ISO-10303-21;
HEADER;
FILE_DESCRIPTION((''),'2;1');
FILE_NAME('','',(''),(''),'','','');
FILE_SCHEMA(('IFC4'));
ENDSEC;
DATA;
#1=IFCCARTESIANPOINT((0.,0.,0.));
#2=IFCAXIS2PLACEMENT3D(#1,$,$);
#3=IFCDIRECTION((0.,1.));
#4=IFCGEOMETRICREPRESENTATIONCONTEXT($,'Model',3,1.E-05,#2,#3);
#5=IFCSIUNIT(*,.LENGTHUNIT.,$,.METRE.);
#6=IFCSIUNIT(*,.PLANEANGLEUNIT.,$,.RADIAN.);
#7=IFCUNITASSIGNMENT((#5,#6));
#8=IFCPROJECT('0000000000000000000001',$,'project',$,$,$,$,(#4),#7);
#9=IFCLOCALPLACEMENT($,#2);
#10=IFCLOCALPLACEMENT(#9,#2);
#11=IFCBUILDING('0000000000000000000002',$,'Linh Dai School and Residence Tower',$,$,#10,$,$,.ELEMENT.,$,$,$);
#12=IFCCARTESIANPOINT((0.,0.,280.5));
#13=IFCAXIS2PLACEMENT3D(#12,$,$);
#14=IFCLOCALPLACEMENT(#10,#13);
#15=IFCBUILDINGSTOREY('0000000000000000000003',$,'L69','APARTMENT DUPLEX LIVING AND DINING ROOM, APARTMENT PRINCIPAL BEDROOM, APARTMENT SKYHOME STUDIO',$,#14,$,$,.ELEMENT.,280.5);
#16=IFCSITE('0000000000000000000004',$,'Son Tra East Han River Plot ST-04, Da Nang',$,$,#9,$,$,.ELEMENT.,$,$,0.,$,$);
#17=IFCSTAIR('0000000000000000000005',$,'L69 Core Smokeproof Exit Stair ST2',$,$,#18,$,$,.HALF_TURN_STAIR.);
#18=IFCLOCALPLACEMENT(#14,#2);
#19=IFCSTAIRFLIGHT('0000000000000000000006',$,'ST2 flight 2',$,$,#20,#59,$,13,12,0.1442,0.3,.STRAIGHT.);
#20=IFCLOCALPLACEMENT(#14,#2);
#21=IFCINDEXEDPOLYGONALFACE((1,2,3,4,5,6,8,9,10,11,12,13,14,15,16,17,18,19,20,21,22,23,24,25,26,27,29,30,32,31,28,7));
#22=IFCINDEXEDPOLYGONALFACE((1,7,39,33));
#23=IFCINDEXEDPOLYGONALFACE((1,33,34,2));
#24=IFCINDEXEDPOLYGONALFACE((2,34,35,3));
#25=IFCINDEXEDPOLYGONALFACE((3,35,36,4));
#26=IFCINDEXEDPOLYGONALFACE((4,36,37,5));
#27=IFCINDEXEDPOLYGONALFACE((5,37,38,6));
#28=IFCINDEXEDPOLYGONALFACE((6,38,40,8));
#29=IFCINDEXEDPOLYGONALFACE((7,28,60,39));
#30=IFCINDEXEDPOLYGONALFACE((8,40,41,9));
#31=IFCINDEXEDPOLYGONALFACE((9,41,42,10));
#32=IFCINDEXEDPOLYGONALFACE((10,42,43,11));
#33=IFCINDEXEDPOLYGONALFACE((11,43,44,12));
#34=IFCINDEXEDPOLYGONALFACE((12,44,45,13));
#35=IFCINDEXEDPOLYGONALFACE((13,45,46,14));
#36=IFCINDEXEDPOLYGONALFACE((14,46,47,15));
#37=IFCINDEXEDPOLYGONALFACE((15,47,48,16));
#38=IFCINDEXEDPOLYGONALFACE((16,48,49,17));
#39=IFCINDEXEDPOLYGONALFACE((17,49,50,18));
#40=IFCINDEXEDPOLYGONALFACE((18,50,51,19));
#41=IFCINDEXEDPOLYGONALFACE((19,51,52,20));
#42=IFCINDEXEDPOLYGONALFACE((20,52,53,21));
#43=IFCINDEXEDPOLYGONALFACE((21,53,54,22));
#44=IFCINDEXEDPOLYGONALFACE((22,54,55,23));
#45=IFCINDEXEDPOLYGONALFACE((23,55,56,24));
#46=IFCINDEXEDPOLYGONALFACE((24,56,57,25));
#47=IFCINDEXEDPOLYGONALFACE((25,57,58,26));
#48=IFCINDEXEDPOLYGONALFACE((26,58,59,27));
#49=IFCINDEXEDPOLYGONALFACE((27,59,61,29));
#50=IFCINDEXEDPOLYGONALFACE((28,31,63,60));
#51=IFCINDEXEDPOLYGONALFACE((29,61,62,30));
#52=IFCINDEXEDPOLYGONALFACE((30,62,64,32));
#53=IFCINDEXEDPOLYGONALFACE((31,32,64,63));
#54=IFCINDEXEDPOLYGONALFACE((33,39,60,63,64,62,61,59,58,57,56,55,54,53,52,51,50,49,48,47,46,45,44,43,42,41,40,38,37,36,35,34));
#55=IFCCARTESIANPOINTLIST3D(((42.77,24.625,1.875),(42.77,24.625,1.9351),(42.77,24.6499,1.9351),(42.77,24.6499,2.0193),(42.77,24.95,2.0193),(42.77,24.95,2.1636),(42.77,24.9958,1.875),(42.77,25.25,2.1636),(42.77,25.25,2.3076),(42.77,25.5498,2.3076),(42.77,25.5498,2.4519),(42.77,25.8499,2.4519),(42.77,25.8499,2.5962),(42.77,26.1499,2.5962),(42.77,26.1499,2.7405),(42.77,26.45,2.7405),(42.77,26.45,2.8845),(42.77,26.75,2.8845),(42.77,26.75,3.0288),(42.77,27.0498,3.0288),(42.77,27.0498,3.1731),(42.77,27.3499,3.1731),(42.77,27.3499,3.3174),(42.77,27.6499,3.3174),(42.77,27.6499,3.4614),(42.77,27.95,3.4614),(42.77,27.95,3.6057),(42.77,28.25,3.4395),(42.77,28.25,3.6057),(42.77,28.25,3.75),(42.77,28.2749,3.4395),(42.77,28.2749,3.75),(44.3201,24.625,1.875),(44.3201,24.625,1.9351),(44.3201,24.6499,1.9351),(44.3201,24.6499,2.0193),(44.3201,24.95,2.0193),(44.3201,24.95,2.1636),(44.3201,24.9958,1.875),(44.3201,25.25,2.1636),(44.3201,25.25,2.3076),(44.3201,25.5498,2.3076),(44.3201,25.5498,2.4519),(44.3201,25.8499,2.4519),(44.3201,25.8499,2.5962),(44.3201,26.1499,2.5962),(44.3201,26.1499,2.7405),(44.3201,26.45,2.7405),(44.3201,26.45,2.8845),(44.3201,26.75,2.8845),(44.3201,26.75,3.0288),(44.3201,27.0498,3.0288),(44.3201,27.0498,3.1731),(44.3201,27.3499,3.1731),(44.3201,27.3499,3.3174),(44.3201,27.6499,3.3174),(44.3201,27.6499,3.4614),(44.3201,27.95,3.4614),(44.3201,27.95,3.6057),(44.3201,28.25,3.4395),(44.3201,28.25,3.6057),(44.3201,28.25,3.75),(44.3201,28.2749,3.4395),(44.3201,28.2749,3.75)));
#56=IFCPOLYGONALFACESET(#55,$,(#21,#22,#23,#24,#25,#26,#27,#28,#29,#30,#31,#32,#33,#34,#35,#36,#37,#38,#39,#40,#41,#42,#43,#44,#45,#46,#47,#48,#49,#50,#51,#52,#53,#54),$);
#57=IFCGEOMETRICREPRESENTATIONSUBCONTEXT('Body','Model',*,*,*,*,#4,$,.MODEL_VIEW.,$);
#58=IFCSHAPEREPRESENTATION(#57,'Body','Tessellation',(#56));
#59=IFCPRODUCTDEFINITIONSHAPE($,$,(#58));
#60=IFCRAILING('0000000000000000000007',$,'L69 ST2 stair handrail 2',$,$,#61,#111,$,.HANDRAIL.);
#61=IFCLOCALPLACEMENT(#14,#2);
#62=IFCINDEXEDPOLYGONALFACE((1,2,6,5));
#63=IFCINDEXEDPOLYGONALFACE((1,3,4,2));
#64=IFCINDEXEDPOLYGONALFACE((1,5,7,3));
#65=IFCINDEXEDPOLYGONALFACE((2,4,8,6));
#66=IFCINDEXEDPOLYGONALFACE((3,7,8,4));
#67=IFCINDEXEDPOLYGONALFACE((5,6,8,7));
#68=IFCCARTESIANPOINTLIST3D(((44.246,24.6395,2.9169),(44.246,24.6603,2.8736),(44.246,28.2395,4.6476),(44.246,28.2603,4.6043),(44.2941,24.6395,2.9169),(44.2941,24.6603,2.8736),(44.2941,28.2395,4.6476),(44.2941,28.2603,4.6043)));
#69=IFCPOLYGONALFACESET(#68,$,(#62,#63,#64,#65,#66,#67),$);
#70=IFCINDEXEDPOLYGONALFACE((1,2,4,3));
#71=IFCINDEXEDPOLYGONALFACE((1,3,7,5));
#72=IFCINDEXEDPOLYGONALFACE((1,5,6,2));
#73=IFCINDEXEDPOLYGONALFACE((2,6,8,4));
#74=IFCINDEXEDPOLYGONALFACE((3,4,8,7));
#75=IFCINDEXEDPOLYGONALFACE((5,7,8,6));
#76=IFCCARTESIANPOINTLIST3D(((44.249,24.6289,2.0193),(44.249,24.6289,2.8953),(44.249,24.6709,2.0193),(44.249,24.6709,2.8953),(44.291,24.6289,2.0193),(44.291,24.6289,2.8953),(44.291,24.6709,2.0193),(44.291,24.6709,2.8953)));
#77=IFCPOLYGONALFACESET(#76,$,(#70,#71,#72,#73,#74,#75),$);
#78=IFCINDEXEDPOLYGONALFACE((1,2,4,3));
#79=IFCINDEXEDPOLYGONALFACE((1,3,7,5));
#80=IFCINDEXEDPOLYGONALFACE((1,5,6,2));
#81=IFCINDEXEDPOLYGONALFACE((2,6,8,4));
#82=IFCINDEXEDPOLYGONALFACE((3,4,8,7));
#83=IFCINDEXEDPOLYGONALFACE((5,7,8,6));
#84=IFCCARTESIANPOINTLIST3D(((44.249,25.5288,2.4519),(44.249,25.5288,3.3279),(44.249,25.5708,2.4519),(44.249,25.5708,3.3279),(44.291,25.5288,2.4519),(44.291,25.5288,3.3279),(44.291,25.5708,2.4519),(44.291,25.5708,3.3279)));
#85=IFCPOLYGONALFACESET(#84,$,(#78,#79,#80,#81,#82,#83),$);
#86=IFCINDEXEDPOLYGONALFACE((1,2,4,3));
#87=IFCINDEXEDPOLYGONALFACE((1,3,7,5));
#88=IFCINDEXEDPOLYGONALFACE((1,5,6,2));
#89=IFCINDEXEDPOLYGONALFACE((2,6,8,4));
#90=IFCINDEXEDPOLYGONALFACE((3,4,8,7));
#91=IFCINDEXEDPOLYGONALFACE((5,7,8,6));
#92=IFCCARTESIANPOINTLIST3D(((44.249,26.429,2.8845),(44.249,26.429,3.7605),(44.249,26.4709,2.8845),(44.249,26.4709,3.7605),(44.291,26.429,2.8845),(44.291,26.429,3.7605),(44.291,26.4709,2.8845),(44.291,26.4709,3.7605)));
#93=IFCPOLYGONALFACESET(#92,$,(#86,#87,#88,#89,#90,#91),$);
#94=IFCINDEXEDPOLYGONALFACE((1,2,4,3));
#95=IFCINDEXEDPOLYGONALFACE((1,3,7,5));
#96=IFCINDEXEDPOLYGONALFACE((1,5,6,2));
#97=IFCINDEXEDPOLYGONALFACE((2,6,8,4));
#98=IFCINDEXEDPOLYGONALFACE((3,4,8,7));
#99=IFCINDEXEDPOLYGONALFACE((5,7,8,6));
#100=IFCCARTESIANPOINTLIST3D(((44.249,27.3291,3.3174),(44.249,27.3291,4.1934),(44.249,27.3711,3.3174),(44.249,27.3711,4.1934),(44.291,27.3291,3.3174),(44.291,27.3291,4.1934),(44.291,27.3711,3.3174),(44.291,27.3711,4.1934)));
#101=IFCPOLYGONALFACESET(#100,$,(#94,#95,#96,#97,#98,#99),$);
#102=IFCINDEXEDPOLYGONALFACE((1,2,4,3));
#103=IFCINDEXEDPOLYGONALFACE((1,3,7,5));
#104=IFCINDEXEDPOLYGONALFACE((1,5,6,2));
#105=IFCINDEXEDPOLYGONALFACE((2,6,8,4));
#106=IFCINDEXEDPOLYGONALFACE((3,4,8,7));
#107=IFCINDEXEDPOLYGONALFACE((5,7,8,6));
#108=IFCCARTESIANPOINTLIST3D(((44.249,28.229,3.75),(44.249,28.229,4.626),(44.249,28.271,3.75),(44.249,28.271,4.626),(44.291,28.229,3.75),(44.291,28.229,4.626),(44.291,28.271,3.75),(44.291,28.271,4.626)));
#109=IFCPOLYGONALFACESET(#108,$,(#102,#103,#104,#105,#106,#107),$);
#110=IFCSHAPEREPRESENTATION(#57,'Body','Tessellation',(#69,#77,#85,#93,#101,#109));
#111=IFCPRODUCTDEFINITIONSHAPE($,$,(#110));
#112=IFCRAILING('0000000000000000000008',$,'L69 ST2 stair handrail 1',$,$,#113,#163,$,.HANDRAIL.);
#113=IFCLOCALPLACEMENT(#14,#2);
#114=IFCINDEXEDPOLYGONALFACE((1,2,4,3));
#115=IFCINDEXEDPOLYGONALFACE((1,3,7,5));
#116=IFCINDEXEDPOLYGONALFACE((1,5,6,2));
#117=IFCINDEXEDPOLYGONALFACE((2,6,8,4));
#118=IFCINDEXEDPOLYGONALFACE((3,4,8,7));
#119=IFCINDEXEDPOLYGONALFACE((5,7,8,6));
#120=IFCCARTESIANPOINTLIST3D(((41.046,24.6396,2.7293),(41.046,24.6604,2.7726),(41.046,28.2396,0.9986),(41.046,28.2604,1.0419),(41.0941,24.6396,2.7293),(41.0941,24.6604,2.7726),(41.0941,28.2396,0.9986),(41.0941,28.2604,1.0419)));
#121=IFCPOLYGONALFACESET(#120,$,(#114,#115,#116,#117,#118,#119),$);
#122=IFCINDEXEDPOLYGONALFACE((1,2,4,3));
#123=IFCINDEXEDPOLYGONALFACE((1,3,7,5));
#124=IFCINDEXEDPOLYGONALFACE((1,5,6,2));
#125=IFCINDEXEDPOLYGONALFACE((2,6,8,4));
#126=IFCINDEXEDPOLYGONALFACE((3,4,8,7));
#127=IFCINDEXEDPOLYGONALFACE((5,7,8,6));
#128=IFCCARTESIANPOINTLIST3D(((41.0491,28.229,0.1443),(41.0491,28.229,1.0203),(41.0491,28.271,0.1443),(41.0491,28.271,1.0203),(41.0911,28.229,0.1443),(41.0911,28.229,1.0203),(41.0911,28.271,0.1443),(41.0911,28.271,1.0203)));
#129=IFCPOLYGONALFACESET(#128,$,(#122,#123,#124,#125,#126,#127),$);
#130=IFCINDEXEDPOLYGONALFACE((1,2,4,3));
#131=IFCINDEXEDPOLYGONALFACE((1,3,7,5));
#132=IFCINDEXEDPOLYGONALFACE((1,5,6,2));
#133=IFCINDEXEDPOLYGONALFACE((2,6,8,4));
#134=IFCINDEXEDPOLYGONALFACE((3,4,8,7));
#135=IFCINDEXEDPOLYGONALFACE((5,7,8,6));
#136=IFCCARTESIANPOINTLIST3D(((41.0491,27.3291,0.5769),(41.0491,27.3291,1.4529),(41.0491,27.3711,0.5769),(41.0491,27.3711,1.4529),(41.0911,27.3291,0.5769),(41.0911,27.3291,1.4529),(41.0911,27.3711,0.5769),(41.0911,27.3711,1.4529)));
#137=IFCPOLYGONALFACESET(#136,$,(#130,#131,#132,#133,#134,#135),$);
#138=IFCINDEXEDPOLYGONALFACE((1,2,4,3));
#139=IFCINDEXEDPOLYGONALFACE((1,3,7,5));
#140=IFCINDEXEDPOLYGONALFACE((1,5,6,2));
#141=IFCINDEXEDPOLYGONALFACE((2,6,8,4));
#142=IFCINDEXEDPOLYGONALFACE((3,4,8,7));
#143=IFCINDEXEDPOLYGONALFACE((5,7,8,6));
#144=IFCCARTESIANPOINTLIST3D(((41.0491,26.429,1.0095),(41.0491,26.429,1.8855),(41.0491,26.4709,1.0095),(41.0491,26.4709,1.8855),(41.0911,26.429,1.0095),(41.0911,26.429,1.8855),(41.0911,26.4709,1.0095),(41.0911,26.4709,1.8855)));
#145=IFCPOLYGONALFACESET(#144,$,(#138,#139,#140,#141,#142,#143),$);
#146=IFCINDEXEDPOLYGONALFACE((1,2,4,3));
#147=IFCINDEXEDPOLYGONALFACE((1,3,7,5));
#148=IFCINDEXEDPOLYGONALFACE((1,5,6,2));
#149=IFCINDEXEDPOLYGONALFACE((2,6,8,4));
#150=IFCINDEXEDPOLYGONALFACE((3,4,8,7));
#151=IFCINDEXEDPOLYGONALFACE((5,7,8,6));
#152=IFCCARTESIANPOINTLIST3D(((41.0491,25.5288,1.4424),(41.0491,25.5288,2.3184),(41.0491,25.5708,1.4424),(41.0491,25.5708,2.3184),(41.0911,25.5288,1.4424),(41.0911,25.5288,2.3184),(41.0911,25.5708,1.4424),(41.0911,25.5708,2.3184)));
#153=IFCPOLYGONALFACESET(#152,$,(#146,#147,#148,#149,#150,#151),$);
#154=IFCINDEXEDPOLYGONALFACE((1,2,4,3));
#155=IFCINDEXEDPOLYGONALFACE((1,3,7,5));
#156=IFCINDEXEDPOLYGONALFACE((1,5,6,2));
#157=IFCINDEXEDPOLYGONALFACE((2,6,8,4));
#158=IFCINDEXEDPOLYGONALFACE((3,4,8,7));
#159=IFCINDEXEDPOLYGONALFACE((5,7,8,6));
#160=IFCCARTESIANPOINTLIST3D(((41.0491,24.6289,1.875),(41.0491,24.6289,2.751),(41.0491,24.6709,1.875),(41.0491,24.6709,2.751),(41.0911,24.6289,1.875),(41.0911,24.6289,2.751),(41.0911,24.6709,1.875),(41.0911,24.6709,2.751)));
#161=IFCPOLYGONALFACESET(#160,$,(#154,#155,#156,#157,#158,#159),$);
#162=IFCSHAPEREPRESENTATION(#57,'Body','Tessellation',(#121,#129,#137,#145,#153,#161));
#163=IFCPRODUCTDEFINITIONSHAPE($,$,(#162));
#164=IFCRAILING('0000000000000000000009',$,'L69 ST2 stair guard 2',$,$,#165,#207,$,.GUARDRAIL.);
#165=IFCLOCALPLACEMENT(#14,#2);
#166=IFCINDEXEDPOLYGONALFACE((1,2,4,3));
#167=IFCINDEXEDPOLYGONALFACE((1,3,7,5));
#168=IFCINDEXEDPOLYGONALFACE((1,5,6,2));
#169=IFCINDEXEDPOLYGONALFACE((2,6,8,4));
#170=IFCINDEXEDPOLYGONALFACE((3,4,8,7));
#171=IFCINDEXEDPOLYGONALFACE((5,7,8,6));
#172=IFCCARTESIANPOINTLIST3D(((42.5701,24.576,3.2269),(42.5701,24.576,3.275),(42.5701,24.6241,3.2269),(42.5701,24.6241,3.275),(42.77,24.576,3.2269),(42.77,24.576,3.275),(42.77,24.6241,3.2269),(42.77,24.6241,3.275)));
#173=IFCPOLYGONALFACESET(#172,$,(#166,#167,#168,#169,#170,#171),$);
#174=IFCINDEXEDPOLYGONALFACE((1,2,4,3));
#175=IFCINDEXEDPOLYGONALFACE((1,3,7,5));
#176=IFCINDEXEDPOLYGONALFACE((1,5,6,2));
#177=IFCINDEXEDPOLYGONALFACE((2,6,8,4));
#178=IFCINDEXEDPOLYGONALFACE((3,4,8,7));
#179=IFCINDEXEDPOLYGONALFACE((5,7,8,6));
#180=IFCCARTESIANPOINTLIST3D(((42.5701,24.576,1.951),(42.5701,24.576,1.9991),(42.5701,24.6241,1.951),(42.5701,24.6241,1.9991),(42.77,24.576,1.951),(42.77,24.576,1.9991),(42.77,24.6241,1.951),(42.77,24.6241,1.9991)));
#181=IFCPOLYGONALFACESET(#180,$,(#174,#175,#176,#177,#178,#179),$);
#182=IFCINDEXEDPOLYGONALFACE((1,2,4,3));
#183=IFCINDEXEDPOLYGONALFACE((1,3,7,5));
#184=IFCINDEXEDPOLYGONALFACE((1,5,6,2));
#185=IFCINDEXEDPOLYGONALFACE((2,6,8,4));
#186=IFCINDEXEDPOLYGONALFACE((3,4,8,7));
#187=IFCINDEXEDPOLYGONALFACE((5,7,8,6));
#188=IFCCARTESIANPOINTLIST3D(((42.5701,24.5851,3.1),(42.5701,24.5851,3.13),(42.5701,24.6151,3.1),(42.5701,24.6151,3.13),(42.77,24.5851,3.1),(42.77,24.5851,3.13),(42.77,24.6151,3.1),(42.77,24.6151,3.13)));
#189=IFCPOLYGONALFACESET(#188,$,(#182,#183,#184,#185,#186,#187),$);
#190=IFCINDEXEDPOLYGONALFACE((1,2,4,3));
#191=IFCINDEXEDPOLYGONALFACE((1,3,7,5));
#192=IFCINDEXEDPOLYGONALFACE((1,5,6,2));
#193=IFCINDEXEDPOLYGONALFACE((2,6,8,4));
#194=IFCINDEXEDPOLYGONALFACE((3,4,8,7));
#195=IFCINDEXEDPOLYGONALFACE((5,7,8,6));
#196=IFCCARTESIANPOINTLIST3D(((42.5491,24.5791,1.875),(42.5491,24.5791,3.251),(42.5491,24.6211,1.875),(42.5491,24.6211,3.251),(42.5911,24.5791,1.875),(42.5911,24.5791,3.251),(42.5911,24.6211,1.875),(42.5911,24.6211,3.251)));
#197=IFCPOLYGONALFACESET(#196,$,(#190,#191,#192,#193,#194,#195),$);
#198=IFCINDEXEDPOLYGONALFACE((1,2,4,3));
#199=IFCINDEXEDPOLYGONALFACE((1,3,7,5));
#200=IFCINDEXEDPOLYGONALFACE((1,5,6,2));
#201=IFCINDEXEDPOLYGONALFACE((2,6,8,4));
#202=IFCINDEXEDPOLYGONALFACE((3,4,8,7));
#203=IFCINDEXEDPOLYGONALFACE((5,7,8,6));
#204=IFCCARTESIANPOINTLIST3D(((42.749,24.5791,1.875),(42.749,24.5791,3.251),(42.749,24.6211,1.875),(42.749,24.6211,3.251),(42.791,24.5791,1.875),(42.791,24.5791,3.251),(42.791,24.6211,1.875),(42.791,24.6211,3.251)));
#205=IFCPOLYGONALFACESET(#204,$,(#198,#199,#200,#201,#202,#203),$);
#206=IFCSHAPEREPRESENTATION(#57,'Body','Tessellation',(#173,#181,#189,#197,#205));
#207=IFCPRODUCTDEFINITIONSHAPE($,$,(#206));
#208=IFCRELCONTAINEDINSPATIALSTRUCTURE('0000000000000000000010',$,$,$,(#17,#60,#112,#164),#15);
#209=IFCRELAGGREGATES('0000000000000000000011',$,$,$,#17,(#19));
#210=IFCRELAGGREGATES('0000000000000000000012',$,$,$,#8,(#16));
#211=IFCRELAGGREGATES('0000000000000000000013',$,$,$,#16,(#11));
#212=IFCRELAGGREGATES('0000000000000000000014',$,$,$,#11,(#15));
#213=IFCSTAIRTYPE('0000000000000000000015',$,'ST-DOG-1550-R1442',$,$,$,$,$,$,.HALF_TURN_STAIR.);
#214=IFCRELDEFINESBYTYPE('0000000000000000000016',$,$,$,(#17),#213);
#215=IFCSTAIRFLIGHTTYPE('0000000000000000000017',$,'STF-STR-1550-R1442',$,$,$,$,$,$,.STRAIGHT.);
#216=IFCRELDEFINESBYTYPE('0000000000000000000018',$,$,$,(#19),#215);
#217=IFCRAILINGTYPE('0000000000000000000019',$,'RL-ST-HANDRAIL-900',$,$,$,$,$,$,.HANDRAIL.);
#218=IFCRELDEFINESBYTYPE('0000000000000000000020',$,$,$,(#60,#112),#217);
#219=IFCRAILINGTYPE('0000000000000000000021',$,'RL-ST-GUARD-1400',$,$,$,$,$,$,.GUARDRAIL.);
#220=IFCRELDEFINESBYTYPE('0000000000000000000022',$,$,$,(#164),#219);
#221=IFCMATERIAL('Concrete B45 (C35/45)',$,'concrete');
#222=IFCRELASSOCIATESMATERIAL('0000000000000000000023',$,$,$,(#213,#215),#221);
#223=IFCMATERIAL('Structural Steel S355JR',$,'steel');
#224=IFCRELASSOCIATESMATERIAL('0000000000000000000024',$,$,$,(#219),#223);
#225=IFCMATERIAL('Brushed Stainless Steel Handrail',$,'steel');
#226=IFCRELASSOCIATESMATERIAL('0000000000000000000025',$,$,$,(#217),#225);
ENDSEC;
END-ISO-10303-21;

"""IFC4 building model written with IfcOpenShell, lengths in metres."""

from ifc_helpers import new_model, si_unit, direction, frame, origin, origin_2d, place, context, subcontext, project, spatial, polyline, rectangle, outline, extrude, source, transform, mapped, material, type_object, element, aggregate, save


model = new_model("IFC4")

# Units and contexts
model_context = context("Model", 3, precision=1e-05, world=origin(), true_north=direction((0.0, 1.0)))
body_context = subcontext(model_context, "Body", "Model", "MODEL_VIEW")
ifc_project = project(units=[si_unit("LENGTHUNIT", "METRE"), si_unit("PLANEANGLEUNIT", "RADIAN")], contexts=[model_context])

# Site, building, storey
site_placement = place(None, origin())
site = spatial("IfcSite", under=ifc_project, at=site_placement, Name="Son Tra East Han River Plot ST-04, Da Nang", CompositionType="ELEMENT", RefElevation=0.0)
building_placement = place(site_placement, origin())
building = spatial("IfcBuilding", under=site, at=building_placement, Name="Linh Dai School and Residence Tower", CompositionType="ELEMENT")
storey_placement = place(building_placement, frame((0.0, 0.0, 280.5)))
storey = spatial("IfcBuildingStorey", under=building, at=storey_placement, Name="L69", Description="APARTMENT DUPLEX LIVING AND DINING ROOM, APARTMENT PRINCIPAL BEDROOM, APARTMENT SKYHOME STUDIO", CompositionType="ELEMENT", Elevation=280.5)

# Shared definitions
ifc_material_1 = material(Name="Structural Steel S355JR", Category="steel")

# Shared definitions
ifc_material_2 = material(Name="Concrete B45 (C35/45)", Category="concrete")

# Stair, stair flight
stair_type = type_object("IfcStairType", Name="ST-DOG-1550-R1442", PredefinedType="HALF_TURN_STAIR", material=ifc_material_2)
stair_placement = place(storey_placement, origin())
stair = element("IfcStair", 1, at=stair_placement, inside=storey, type_object=stair_type, Name="L69 Core Smokeproof Exit Stair ST2", PredefinedType="HALF_TURN_STAIR")
stair_flight_type = type_object("IfcStairFlightType", Name="STF-STR-1550-R1442", PredefinedType="STRAIGHT", material=ifc_material_2)
shared_shape_1 = source(origin(), body_context, "Body", "SweptSolid", [
    extrude(outline(polyline([(-0.0249, 0.0), (-0.0249, 0.0601), (0.0, 0.0601), (0.0, 0.1443), (0.3, 0.1443), (0.3, 0.2886), (0.6001, 0.2886), (0.6001, 0.4326), (0.8999, 0.4326), (0.8999, 0.5769), (1.2, 0.5769), (1.2, 0.7212), (1.5, 0.7212), (1.5, 0.8655), (1.8, 0.8655), (1.8, 1.0095), (2.1001, 1.0095), (2.1001, 1.1538), (2.3999, 1.1538), (2.3999, 1.2981), (2.7, 1.2981), (2.7, 1.4424), (3.0, 1.4424), (3.0, 1.5864), (3.3, 1.5864), (3.3, 1.7307), (3.6001, 1.7307), (3.6001, 1.875), (3.625, 1.875), (3.625, 1.5645), (3.6001, 1.5645), (0.3459, 0.0), (-0.0249, 0.0)])), frame((0.0, 0.7749, 0.0), z_axis=(0.0, -1.0, 0.0), x_axis=(1.0, 0.0, 0.0)), (0.0, 0.0, 1.0), 1.55),
])
stair_flight_1_placement = place(storey_placement, frame((43.5449, 24.6499, 1.875), z_axis=(0.0, 0.0, 1.0), x_axis=(0.0, 1.0, 0.0)))
stair_flight_1 = element("IfcStairFlight", 2, at=stair_flight_1_placement, type_object=stair_flight_type, Name="ST2 flight 2", NumberOfRisers=13, NumberOfTreads=12, PredefinedType="STRAIGHT", RiserHeight=0.1442, TreadLength=0.3, context=body_context, shape_type="MappedRepresentation", body=[
    mapped(shared_shape_1, transform((0.0, 0.0, 0.0), x_axis=(1.0, 0.0, 0.0), y_axis=(0.0, 1.0, 0.0), z_axis=(0.0, 0.0, 1.0), scale=1.0)),
])
aggregate(stair, [stair_flight_1])

# Railings
railing_type_1 = type_object("IfcRailingType", Name="RL-ST-GUARD-1400", PredefinedType="GUARDRAIL", material=ifc_material_1)
ifc_material_3 = material(Name="Brushed Stainless Steel Handrail", Category="steel")
railing_type_2 = type_object("IfcRailingType", Name="RL-ST-HANDRAIL-900", PredefinedType="HANDRAIL", material=ifc_material_3)
shared_shape_2 = source(origin(), body_context, "Body", "SweptSolid", [
    extrude(rectangle(XDim=0.0481, YDim=0.0481, at=origin_2d()), frame((0.0, 0.0, 0.876), z_axis=(0.0, 0.901263, 0.433273), x_axis=(-1.0, 0.0, 0.0)), (0.0, 0.0, 1.0), 3.9944),
    extrude(rectangle(XDim=0.042, YDim=0.042, at=origin_2d()), origin(), (0.0, 0.0, 1.0), 0.876),
    extrude(rectangle(XDim=0.042, YDim=0.042, at=origin_2d()), frame((0.0, 0.8999, 0.4326)), (0.0, 0.0, 1.0), 0.876),
    extrude(rectangle(XDim=0.042, YDim=0.042, at=origin_2d()), frame((0.0, 1.8, 0.8652)), (0.0, 0.0, 1.0), 0.876),
    extrude(rectangle(XDim=0.042, YDim=0.042, at=origin_2d()), frame((0.0, 2.7002, 1.2981)), (0.0, 0.0, 1.0), 0.876),
    extrude(rectangle(XDim=0.042, YDim=0.042, at=origin_2d()), frame((0.0, 3.6001, 1.7307)), (0.0, 0.0, 1.0), 0.876),
])
railing_1_placement = place(storey_placement, frame((44.27, 24.6499, 2.0193)))
element("IfcRailing", 3, at=railing_1_placement, inside=storey, type_object=railing_type_2, Name="L69 ST2 stair handrail 2", PredefinedType="HANDRAIL", context=body_context, shape_type="MappedRepresentation", body=[
    mapped(shared_shape_2, transform((0.0, 0.0, 0.0), x_axis=(1.0, 0.0, 0.0), y_axis=(0.0, 1.0, 0.0), z_axis=(0.0, 0.0, 1.0), scale=1.0)),
])
shared_shape_3 = source(origin(), body_context, "Body", "SweptSolid", [
    extrude(rectangle(XDim=0.0481, YDim=0.0481, at=origin_2d()), frame((0.0, 0.0, 0.876), z_axis=(0.0, -0.901263, 0.433273), x_axis=(1.0, 0.0, 0.0)), (0.0, 0.0, 1.0), 3.9944),
    extrude(rectangle(XDim=0.042, YDim=0.042, at=origin_2d()), origin(), (0.0, 0.0, 1.0), 0.876),
    extrude(rectangle(XDim=0.042, YDim=0.042, at=origin_2d()), frame((0.0, -0.8999, 0.4326)), (0.0, 0.0, 1.0), 0.876),
    extrude(rectangle(XDim=0.042, YDim=0.042, at=origin_2d()), frame((0.0, -1.8, 0.8652)), (0.0, 0.0, 1.0), 0.876),
    extrude(rectangle(XDim=0.042, YDim=0.042, at=origin_2d()), frame((0.0, -2.7002, 1.2981)), (0.0, 0.0, 1.0), 0.876),
    extrude(rectangle(XDim=0.042, YDim=0.042, at=origin_2d()), frame((0.0, -3.6001, 1.7307)), (0.0, 0.0, 1.0), 0.876),
])
railing_2_placement = place(storey_placement, frame((41.0701, 28.25, 0.1443)))
element("IfcRailing", 4, at=railing_2_placement, inside=storey, type_object=railing_type_2, Name="L69 ST2 stair handrail 1", PredefinedType="HANDRAIL", context=body_context, shape_type="MappedRepresentation", body=[
    mapped(shared_shape_3, transform((0.0, 0.0, 0.0), x_axis=(1.0, 0.0, 0.0), y_axis=(0.0, 1.0, 0.0), z_axis=(0.0, 0.0, 1.0), scale=1.0)),
])
shared_shape_4 = source(origin(), body_context, "Body", "SweptSolid", [
    extrude(rectangle(XDim=0.0481, YDim=0.0481, at=origin_2d()), frame((0.0, 0.0, 1.376), z_axis=(1.0, 0.0, 0.0), x_axis=(0.0, 1.0, 0.0)), (0.0, 0.0, 1.0), 0.2),
    extrude(rectangle(XDim=0.0481, YDim=0.0481, at=origin_2d()), frame((0.0, 0.0, 0.1001), z_axis=(1.0, 0.0, 0.0), x_axis=(0.0, 1.0, 0.0)), (0.0, 0.0, 1.0), 0.2),
    extrude(rectangle(XDim=0.03, YDim=0.03, at=origin_2d()), frame((0.0, 0.0, 1.24), z_axis=(1.0, 0.0, 0.0), x_axis=(0.0, 1.0, 0.0)), (0.0, 0.0, 1.0), 0.2),
    extrude(rectangle(XDim=0.042, YDim=0.042, at=origin_2d()), origin(), (0.0, 0.0, 1.0), 1.376),
    extrude(rectangle(XDim=0.042, YDim=0.042, at=origin_2d()), frame((0.2, 0.0, 0.0)), (0.0, 0.0, 1.0), 1.376),
])
railing_3_placement = place(storey_placement, frame((42.5701, 24.6001, 1.875)))
element("IfcRailing", 5, at=railing_3_placement, inside=storey, type_object=railing_type_1, Name="L69 ST2 stair guard 2", PredefinedType="GUARDRAIL", context=body_context, shape_type="MappedRepresentation", body=[
    mapped(shared_shape_4, transform((0.0, 0.0, 0.0), x_axis=(1.0, 0.0, 0.0), y_axis=(0.0, 1.0, 0.0), z_axis=(0.0, 0.0, 1.0), scale=1.0)),
])

save(model, "model.ifc")
